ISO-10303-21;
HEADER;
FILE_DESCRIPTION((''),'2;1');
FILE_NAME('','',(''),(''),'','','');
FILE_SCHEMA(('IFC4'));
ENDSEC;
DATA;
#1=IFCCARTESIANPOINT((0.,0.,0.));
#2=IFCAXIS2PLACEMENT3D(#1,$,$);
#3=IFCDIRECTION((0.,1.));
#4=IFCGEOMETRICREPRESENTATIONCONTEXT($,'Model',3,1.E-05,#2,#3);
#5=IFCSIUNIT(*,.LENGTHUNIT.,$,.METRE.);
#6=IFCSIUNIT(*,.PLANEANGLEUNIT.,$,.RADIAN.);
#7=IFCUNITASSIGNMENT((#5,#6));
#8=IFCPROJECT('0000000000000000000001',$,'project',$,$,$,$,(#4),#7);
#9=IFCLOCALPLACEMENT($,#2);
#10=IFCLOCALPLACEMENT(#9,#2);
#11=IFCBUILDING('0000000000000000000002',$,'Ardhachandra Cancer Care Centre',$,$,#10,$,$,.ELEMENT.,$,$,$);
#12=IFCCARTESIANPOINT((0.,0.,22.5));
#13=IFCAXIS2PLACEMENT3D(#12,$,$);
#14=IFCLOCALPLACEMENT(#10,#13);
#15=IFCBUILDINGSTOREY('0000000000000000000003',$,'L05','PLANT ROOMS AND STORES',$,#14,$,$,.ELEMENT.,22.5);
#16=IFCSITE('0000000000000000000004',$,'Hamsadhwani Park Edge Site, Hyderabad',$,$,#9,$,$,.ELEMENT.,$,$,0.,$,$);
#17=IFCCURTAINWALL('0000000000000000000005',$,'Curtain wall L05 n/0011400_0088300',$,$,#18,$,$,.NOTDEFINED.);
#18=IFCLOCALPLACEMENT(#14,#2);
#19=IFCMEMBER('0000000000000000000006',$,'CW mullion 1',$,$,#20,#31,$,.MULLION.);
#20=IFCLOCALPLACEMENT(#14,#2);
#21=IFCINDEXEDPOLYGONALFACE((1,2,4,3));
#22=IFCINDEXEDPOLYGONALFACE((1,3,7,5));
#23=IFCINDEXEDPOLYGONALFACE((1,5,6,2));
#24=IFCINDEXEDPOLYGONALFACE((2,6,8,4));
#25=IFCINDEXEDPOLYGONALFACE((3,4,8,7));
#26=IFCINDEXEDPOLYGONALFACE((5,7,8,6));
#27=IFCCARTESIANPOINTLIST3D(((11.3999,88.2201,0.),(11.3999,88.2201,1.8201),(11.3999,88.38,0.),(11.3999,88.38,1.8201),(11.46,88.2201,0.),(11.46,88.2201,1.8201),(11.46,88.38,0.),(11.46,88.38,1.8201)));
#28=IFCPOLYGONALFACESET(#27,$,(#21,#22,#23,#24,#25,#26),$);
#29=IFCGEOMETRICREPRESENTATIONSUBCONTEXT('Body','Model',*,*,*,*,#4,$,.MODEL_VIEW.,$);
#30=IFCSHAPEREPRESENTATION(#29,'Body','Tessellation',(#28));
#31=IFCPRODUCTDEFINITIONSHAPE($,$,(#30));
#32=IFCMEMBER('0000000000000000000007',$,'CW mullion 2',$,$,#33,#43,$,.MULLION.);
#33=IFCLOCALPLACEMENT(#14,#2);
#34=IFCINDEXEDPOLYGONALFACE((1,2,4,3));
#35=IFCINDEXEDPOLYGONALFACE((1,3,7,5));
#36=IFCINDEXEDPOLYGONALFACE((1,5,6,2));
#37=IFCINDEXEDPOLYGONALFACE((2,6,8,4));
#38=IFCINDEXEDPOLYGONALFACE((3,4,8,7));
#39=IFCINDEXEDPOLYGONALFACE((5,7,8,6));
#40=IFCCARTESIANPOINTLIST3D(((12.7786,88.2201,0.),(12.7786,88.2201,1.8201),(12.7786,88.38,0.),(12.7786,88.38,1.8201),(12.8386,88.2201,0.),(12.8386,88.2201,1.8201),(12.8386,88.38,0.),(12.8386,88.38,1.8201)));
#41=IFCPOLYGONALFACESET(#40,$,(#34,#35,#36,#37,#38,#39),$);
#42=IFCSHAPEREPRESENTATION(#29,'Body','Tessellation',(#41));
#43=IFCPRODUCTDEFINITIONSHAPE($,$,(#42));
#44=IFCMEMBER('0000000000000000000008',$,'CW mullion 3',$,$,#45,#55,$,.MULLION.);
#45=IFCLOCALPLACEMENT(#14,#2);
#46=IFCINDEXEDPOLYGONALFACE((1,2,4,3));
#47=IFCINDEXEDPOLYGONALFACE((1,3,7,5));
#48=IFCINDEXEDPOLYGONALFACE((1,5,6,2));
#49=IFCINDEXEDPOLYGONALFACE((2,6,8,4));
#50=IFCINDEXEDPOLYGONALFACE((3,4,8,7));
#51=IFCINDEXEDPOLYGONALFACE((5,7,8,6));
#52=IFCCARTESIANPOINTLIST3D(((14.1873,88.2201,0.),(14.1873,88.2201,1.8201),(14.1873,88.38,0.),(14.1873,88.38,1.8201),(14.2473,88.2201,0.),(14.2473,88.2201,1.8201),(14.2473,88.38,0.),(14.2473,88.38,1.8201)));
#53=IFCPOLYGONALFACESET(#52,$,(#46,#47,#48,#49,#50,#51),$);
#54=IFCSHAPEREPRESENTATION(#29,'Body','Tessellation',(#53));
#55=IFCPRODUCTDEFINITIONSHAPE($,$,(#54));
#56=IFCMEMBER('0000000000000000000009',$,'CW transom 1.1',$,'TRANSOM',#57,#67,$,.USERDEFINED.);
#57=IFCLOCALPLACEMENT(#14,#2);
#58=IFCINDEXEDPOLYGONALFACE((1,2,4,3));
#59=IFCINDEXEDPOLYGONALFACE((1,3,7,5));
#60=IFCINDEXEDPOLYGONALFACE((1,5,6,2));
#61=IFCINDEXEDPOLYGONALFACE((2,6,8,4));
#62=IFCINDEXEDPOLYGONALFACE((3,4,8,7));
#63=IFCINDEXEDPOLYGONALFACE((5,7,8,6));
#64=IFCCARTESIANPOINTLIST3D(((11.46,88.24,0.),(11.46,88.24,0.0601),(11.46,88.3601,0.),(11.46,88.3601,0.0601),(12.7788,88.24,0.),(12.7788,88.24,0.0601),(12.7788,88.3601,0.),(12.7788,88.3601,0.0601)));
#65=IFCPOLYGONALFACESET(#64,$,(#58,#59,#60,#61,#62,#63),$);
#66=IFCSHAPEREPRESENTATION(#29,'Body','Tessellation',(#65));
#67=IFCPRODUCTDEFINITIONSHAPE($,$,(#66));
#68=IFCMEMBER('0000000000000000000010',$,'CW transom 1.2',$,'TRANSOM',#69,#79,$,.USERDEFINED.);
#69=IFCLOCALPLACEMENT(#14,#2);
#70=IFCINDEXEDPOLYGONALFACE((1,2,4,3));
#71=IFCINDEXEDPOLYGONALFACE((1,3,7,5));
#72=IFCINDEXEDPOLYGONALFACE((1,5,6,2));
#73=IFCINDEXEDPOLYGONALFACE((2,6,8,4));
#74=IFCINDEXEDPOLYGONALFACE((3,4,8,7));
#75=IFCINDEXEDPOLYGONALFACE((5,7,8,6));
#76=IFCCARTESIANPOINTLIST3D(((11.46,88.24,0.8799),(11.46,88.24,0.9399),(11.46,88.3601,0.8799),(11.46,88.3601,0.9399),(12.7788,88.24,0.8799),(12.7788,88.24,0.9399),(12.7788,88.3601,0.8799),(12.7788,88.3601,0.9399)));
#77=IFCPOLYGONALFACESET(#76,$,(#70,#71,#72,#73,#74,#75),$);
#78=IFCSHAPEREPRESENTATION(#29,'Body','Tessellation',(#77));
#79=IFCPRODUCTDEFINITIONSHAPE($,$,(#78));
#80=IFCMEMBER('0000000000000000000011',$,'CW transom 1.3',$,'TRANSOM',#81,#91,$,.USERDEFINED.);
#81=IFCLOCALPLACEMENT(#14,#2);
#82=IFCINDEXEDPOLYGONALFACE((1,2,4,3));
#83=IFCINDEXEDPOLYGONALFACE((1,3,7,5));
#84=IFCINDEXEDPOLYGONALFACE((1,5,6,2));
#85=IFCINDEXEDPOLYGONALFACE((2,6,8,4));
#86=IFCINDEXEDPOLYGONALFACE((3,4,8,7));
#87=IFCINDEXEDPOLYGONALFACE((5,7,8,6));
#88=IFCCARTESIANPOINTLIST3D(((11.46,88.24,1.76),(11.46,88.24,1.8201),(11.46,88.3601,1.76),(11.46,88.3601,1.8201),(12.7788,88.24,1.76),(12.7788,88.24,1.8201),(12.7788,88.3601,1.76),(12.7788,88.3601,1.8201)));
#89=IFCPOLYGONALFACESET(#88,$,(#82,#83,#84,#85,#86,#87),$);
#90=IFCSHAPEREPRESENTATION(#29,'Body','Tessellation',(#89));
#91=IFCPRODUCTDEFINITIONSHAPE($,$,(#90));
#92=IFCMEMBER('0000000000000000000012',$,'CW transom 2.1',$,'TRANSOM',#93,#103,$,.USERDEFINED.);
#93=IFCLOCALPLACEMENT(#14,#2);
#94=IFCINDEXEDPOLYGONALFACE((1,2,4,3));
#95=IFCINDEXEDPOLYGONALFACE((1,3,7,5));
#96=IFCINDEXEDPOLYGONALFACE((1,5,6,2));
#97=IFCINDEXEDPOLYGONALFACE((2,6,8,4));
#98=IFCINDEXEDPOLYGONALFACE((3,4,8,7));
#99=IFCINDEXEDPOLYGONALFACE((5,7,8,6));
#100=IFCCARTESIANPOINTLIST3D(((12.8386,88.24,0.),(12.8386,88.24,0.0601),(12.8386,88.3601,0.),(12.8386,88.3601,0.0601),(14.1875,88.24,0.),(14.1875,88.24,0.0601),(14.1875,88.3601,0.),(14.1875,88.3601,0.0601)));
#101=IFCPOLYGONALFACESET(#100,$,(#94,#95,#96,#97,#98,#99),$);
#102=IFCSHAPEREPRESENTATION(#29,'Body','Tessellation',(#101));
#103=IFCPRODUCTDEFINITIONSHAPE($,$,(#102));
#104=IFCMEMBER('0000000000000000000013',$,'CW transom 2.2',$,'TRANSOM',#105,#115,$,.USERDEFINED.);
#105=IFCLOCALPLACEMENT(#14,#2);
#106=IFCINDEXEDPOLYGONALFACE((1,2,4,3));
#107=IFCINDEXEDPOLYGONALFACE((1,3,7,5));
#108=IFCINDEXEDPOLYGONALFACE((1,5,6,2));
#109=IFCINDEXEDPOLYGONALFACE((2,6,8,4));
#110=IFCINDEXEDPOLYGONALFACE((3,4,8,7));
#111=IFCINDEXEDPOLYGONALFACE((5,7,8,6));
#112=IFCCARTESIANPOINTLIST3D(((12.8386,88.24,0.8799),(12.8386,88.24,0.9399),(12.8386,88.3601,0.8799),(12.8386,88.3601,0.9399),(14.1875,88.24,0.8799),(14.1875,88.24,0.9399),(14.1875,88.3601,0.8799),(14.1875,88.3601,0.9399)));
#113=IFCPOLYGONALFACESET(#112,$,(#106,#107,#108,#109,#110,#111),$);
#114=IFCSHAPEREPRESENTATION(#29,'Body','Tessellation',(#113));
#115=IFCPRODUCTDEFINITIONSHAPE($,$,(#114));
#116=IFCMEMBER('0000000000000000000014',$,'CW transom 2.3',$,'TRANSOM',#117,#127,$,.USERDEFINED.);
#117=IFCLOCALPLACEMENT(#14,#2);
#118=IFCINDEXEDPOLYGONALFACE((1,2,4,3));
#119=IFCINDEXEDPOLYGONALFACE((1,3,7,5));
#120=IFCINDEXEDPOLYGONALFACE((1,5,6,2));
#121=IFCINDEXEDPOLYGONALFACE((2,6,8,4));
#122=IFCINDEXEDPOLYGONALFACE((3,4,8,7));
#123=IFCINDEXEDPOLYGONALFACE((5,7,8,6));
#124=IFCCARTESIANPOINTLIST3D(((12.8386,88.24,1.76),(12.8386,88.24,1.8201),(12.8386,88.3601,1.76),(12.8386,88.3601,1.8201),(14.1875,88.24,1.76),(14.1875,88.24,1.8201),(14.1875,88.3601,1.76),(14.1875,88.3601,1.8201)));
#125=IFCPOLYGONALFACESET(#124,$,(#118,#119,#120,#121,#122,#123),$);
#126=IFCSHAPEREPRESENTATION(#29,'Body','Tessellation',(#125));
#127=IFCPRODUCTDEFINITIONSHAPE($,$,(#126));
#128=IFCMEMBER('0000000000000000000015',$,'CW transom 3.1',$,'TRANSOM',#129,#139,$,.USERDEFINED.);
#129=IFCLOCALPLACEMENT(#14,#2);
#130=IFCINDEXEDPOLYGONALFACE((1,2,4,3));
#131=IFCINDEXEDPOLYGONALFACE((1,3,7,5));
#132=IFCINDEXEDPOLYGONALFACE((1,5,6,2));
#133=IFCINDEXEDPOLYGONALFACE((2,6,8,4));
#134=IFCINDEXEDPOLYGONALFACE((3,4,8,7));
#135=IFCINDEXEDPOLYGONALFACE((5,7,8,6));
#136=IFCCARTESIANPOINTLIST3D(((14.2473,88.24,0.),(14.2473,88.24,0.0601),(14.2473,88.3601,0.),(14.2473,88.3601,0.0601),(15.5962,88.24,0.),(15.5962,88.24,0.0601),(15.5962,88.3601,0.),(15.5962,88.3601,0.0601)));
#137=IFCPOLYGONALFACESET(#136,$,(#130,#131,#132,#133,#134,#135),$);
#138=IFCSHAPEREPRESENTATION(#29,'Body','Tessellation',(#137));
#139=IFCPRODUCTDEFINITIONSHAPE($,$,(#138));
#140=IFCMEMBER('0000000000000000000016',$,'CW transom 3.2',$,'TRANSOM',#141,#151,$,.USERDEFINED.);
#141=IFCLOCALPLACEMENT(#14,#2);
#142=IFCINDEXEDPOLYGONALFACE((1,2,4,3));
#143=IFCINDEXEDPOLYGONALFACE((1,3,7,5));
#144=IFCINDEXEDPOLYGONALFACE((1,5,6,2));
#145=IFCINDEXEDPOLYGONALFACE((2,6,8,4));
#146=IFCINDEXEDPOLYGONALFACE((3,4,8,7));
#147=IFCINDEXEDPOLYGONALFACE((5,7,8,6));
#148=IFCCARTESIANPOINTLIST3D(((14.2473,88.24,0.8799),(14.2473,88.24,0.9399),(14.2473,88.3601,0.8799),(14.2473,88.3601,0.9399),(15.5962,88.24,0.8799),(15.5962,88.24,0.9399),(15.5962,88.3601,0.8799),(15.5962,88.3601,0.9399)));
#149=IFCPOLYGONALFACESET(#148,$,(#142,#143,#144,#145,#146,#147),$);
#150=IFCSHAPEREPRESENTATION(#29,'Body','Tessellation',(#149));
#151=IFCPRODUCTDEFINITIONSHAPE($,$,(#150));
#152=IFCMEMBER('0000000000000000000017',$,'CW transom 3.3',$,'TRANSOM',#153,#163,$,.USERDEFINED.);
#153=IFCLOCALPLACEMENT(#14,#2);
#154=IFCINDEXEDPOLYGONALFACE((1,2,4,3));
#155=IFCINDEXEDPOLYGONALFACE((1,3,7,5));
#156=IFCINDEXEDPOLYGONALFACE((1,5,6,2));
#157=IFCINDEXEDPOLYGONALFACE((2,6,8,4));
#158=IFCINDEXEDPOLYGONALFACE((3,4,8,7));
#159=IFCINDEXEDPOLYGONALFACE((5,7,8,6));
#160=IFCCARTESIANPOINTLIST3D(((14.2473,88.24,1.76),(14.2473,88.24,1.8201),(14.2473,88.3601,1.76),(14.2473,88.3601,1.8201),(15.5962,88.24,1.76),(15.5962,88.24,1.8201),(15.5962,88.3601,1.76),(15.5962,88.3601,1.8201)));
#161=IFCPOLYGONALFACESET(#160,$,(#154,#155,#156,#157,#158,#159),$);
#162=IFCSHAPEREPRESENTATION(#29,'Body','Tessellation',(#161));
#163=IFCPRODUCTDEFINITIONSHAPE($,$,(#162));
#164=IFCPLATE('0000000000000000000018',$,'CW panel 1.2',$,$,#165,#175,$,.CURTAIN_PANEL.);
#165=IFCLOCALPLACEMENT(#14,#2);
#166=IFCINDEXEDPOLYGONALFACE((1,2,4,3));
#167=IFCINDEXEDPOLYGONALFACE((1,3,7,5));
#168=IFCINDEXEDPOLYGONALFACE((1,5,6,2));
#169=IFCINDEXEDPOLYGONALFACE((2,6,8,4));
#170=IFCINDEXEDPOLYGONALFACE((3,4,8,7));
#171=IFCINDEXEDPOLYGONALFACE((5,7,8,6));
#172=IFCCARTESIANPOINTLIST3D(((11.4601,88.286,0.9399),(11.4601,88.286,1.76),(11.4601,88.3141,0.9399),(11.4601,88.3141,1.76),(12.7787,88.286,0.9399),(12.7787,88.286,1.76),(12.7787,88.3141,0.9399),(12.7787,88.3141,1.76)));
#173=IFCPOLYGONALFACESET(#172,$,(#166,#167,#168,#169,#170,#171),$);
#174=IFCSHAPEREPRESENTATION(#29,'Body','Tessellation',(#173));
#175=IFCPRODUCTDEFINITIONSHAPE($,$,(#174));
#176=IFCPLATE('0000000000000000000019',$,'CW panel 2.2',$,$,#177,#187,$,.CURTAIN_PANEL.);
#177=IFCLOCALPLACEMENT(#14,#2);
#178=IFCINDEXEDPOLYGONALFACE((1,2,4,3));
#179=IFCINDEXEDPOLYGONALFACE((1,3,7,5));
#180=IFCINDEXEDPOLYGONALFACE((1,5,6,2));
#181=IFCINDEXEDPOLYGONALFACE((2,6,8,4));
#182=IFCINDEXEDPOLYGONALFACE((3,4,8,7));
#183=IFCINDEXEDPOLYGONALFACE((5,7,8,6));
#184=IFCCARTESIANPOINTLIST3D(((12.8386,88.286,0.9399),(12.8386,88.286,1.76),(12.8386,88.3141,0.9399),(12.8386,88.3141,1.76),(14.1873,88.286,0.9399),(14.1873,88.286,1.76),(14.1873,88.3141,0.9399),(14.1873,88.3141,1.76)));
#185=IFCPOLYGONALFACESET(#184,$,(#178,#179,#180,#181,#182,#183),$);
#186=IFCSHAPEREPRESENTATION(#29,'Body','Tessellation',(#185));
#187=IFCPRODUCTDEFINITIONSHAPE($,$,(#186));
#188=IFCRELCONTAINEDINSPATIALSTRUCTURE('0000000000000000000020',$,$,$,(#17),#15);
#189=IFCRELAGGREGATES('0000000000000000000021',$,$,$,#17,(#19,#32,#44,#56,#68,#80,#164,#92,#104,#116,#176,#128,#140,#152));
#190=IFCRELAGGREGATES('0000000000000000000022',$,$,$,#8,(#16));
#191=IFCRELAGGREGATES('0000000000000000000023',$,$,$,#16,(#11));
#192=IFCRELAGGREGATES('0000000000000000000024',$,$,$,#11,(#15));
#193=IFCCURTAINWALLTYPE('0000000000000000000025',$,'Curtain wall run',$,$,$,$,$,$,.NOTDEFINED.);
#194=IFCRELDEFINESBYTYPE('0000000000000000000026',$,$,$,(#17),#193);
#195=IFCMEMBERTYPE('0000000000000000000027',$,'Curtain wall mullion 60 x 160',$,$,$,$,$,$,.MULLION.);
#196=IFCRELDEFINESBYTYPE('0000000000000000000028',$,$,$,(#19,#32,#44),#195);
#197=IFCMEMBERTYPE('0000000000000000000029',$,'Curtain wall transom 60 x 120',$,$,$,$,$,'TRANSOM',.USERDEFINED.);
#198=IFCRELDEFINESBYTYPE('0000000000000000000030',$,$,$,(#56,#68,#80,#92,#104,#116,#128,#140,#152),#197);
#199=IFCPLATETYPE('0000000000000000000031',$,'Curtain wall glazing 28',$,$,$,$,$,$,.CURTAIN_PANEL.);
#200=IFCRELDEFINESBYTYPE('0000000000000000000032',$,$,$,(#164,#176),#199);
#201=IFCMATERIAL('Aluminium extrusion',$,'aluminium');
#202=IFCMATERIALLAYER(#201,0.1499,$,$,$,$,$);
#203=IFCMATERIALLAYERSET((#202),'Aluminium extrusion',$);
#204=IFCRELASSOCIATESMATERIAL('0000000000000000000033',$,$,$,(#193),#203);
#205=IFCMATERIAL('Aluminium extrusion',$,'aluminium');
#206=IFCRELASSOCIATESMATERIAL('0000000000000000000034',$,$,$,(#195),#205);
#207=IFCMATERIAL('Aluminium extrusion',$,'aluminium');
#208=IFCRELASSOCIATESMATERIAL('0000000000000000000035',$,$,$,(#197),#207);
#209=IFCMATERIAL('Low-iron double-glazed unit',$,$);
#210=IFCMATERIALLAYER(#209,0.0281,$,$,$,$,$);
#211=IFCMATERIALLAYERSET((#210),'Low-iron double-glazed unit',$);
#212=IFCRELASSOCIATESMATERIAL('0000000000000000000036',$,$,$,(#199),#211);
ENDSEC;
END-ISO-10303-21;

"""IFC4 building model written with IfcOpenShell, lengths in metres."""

from ifc_helpers import new_model, si_unit, direction, frame, origin, origin_2d, place, context, subcontext, project, spatial, rectangle, extrude, material, layer, layer_set, material_profile, profile_set, type_object, element, aggregate, save


model = new_model("IFC4")

# Units and contexts
model_context = context("Model", 3, precision=1e-05, world=origin(), true_north=direction((0.0, 1.0)))
body_context = subcontext(model_context, "Body", "Model", "MODEL_VIEW")
ifc_project = project(units=[si_unit("LENGTHUNIT", "METRE"), si_unit("PLANEANGLEUNIT", "RADIAN")], contexts=[model_context])

# Site, building, storey
site_placement = place(None, origin())
site = spatial("IfcSite", under=ifc_project, at=site_placement, Name="Hamsadhwani Park Edge Site, Hyderabad", CompositionType="ELEMENT", RefElevation=0.0)
building_placement = place(site_placement, origin())
building = spatial("IfcBuilding", under=site, at=building_placement, Name="Ardhachandra Cancer Care Centre", CompositionType="ELEMENT")
storey_placement = place(building_placement, frame((0.0, 0.0, 22.5)))
storey = spatial("IfcBuildingStorey", under=building, at=storey_placement, Name="L05", Description="PLANT ROOMS AND STORES", CompositionType="ELEMENT", Elevation=22.5)

# Curtain wall, members, plates
ifc_material_1 = material(Name="Aluminium extrusion", Category="aluminium")
ifc_layer_1 = layer(ifc_material_1, 0.1499)
ifc_layer_set_1 = layer_set([ifc_layer_1], Name="Aluminium extrusion")
curtain_wall_type = type_object("IfcCurtainWallType", Name="Curtain wall run", PredefinedType="NOTDEFINED", material=ifc_layer_set_1)
curtain_wall_placement = place(storey_placement, origin())
curtain_wall = element("IfcCurtainWall", 1, at=curtain_wall_placement, inside=storey, type_object=curtain_wall_type, Name="Curtain wall L05 n/0011400_0088300", PredefinedType="NOTDEFINED")
ifc_material_2 = material(Name="Aluminium extrusion", Category="aluminium")
ifc_material_profile_1 = material_profile(ifc_material_2, rectangle(XDim=0.1599, YDim=0.0601, at=origin_2d()), Name="Curtain wall mullion 60 x 160")
ifc_profile_set_1 = profile_set([ifc_material_profile_1], Name="Aluminium extrusion")
member_type_1 = type_object("IfcMemberType", Name="Curtain wall mullion 60 x 160", PredefinedType="MULLION", material=ifc_profile_set_1)
member_1_placement = place(storey_placement, frame((11.4299, 88.3, 0.0), z_axis=(0.0, 0.0, 1.0), x_axis=(0.0, 1.0, 0.0)))
member_1 = element("IfcMember", 2, at=member_1_placement, type_object=member_type_1, Name="CW mullion 1", PredefinedType="MULLION", context=body_context, shape_type="SweptSolid", body=[
    extrude(rectangle(XDim=0.1599, YDim=0.0601, at=origin_2d()), origin(), (0.0, 0.0, 1.0), 1.8201),
])
member_2_placement = place(storey_placement, frame((12.8086, 88.3, 0.0), z_axis=(0.0, 0.0, 1.0), x_axis=(0.0, 1.0, 0.0)))
member_2 = element("IfcMember", 3, at=member_2_placement, type_object=member_type_1, Name="CW mullion 2", PredefinedType="MULLION", context=body_context, shape_type="SweptSolid", body=[
    extrude(rectangle(XDim=0.1599, YDim=0.0601, at=origin_2d()), origin(), (0.0, 0.0, 1.0), 1.8201),
])
member_3_placement = place(storey_placement, frame((14.2173, 88.3, 0.0), z_axis=(0.0, 0.0, 1.0), x_axis=(0.0, 1.0, 0.0)))
member_3 = element("IfcMember", 4, at=member_3_placement, type_object=member_type_1, Name="CW mullion 3", PredefinedType="MULLION", context=body_context, shape_type="SweptSolid", body=[
    extrude(rectangle(XDim=0.1599, YDim=0.0601, at=origin_2d()), origin(), (0.0, 0.0, 1.0), 1.8201),
])
ifc_material_3 = material(Name="Aluminium extrusion", Category="aluminium")
ifc_material_profile_2 = material_profile(ifc_material_3, rectangle(XDim=0.1201, YDim=0.0601, at=origin_2d()), Name="Curtain wall transom 60 x 120")
ifc_profile_set_2 = profile_set([ifc_material_profile_2], Name="Aluminium extrusion")
member_type_2 = type_object("IfcMemberType", Name="Curtain wall transom 60 x 120", ElementType="TRANSOM", PredefinedType="USERDEFINED", material=ifc_profile_set_2)
member_4_placement = place(storey_placement, frame((11.46, 88.3, 0.03), z_axis=(1.0, 0.0, 0.0), x_axis=(0.0, 1.0, 0.0)))
member_4 = element("IfcMember", 5, at=member_4_placement, type_object=member_type_2, Name="CW transom 1.1", ObjectType="TRANSOM", PredefinedType="USERDEFINED", context=body_context, shape_type="SweptSolid", body=[
    extrude(rectangle(XDim=0.1201, YDim=0.0601, at=origin_2d()), origin(), (0.0, 0.0, 1.0), 1.3188),
])
member_5_placement = place(storey_placement, frame((11.46, 88.3, 0.9099), z_axis=(1.0, 0.0, 0.0), x_axis=(0.0, 1.0, 0.0)))
member_5 = element("IfcMember", 6, at=member_5_placement, type_object=member_type_2, Name="CW transom 1.2", ObjectType="TRANSOM", PredefinedType="USERDEFINED", context=body_context, shape_type="SweptSolid", body=[
    extrude(rectangle(XDim=0.1201, YDim=0.0601, at=origin_2d()), origin(), (0.0, 0.0, 1.0), 1.3188),
])
member_6_placement = place(storey_placement, frame((11.46, 88.3, 1.79), z_axis=(1.0, 0.0, 0.0), x_axis=(0.0, 1.0, 0.0)))
member_6 = element("IfcMember", 7, at=member_6_placement, type_object=member_type_2, Name="CW transom 1.3", ObjectType="TRANSOM", PredefinedType="USERDEFINED", context=body_context, shape_type="SweptSolid", body=[
    extrude(rectangle(XDim=0.1201, YDim=0.0601, at=origin_2d()), origin(), (0.0, 0.0, 1.0), 1.3188),
])
member_7_placement = place(storey_placement, frame((12.8386, 88.3, 0.03), z_axis=(1.0, 0.0, 0.0), x_axis=(0.0, 1.0, 0.0)))
member_7 = element("IfcMember", 8, at=member_7_placement, type_object=member_type_2, Name="CW transom 2.1", ObjectType="TRANSOM", PredefinedType="USERDEFINED", context=body_context, shape_type="SweptSolid", body=[
    extrude(rectangle(XDim=0.1201, YDim=0.0601, at=origin_2d()), origin(), (0.0, 0.0, 1.0), 1.3489),
])
member_8_placement = place(storey_placement, frame((12.8386, 88.3, 0.9099), z_axis=(1.0, 0.0, 0.0), x_axis=(0.0, 1.0, 0.0)))
member_8 = element("IfcMember", 9, at=member_8_placement, type_object=member_type_2, Name="CW transom 2.2", ObjectType="TRANSOM", PredefinedType="USERDEFINED", context=body_context, shape_type="SweptSolid", body=[
    extrude(rectangle(XDim=0.1201, YDim=0.0601, at=origin_2d()), origin(), (0.0, 0.0, 1.0), 1.3489),
])
member_9_placement = place(storey_placement, frame((12.8386, 88.3, 1.79), z_axis=(1.0, 0.0, 0.0), x_axis=(0.0, 1.0, 0.0)))
member_9 = element("IfcMember", 10, at=member_9_placement, type_object=member_type_2, Name="CW transom 2.3", ObjectType="TRANSOM", PredefinedType="USERDEFINED", context=body_context, shape_type="SweptSolid", body=[
    extrude(rectangle(XDim=0.1201, YDim=0.0601, at=origin_2d()), origin(), (0.0, 0.0, 1.0), 1.3489),
])
member_10_placement = place(storey_placement, frame((14.2473, 88.3, 0.03), z_axis=(1.0, 0.0, 0.0), x_axis=(0.0, 1.0, 0.0)))
member_10 = element("IfcMember", 11, at=member_10_placement, type_object=member_type_2, Name="CW transom 3.1", ObjectType="TRANSOM", PredefinedType="USERDEFINED", context=body_context, shape_type="SweptSolid", body=[
    extrude(rectangle(XDim=0.1201, YDim=0.0601, at=origin_2d()), origin(), (0.0, 0.0, 1.0), 1.3489),
])
member_11_placement = place(storey_placement, frame((14.2473, 88.3, 0.9099), z_axis=(1.0, 0.0, 0.0), x_axis=(0.0, 1.0, 0.0)))
member_11 = element("IfcMember", 12, at=member_11_placement, type_object=member_type_2, Name="CW transom 3.2", ObjectType="TRANSOM", PredefinedType="USERDEFINED", context=body_context, shape_type="SweptSolid", body=[
    extrude(rectangle(XDim=0.1201, YDim=0.0601, at=origin_2d()), origin(), (0.0, 0.0, 1.0), 1.3489),
])
member_12_placement = place(storey_placement, frame((14.2473, 88.3, 1.79), z_axis=(1.0, 0.0, 0.0), x_axis=(0.0, 1.0, 0.0)))
member_12 = element("IfcMember", 13, at=member_12_placement, type_object=member_type_2, Name="CW transom 3.3", ObjectType="TRANSOM", PredefinedType="USERDEFINED", context=body_context, shape_type="SweptSolid", body=[
    extrude(rectangle(XDim=0.1201, YDim=0.0601, at=origin_2d()), origin(), (0.0, 0.0, 1.0), 1.3489),
])
ifc_material_4 = material(Name="Low-iron double-glazed unit")
ifc_layer_2 = layer(ifc_material_4, 0.0281)
ifc_layer_set_2 = layer_set([ifc_layer_2], Name="Low-iron double-glazed unit")
plate_type_1 = type_object("IfcPlateType", Name="Curtain wall glazing 28", PredefinedType="CURTAIN_PANEL", material=ifc_layer_set_2)
plate_1_placement = place(storey_placement, frame((12.1194, 88.3, 0.9399), z_axis=(0.0, 0.0, 1.0), x_axis=(1.0, 0.0, 0.0)))
plate_1 = element("IfcPlate", 14, at=plate_1_placement, type_object=plate_type_1, Name="CW panel 1.2", PredefinedType="CURTAIN_PANEL", context=body_context, shape_type="SweptSolid", body=[
    extrude(rectangle(XDim=1.3186, YDim=0.0281, at=origin_2d()), origin(), (0.0, 0.0, 1.0), 0.8201),
])
plate_2_placement = place(storey_placement, frame((13.5129, 88.3, 0.9399), z_axis=(0.0, 0.0, 1.0), x_axis=(1.0, 0.0, 0.0)))
plate_2 = element("IfcPlate", 15, at=plate_2_placement, type_object=plate_type_1, Name="CW panel 2.2", PredefinedType="CURTAIN_PANEL", context=body_context, shape_type="SweptSolid", body=[
    extrude(rectangle(XDim=1.3486, YDim=0.0281, at=origin_2d()), origin(), (0.0, 0.0, 1.0), 0.8201),
])
aggregate(curtain_wall, [member_1, member_2, member_3, member_4, member_5, member_6, plate_1, member_7, member_8, member_9, plate_2, member_10, member_11, member_12])

save(model, "model.ifc")
